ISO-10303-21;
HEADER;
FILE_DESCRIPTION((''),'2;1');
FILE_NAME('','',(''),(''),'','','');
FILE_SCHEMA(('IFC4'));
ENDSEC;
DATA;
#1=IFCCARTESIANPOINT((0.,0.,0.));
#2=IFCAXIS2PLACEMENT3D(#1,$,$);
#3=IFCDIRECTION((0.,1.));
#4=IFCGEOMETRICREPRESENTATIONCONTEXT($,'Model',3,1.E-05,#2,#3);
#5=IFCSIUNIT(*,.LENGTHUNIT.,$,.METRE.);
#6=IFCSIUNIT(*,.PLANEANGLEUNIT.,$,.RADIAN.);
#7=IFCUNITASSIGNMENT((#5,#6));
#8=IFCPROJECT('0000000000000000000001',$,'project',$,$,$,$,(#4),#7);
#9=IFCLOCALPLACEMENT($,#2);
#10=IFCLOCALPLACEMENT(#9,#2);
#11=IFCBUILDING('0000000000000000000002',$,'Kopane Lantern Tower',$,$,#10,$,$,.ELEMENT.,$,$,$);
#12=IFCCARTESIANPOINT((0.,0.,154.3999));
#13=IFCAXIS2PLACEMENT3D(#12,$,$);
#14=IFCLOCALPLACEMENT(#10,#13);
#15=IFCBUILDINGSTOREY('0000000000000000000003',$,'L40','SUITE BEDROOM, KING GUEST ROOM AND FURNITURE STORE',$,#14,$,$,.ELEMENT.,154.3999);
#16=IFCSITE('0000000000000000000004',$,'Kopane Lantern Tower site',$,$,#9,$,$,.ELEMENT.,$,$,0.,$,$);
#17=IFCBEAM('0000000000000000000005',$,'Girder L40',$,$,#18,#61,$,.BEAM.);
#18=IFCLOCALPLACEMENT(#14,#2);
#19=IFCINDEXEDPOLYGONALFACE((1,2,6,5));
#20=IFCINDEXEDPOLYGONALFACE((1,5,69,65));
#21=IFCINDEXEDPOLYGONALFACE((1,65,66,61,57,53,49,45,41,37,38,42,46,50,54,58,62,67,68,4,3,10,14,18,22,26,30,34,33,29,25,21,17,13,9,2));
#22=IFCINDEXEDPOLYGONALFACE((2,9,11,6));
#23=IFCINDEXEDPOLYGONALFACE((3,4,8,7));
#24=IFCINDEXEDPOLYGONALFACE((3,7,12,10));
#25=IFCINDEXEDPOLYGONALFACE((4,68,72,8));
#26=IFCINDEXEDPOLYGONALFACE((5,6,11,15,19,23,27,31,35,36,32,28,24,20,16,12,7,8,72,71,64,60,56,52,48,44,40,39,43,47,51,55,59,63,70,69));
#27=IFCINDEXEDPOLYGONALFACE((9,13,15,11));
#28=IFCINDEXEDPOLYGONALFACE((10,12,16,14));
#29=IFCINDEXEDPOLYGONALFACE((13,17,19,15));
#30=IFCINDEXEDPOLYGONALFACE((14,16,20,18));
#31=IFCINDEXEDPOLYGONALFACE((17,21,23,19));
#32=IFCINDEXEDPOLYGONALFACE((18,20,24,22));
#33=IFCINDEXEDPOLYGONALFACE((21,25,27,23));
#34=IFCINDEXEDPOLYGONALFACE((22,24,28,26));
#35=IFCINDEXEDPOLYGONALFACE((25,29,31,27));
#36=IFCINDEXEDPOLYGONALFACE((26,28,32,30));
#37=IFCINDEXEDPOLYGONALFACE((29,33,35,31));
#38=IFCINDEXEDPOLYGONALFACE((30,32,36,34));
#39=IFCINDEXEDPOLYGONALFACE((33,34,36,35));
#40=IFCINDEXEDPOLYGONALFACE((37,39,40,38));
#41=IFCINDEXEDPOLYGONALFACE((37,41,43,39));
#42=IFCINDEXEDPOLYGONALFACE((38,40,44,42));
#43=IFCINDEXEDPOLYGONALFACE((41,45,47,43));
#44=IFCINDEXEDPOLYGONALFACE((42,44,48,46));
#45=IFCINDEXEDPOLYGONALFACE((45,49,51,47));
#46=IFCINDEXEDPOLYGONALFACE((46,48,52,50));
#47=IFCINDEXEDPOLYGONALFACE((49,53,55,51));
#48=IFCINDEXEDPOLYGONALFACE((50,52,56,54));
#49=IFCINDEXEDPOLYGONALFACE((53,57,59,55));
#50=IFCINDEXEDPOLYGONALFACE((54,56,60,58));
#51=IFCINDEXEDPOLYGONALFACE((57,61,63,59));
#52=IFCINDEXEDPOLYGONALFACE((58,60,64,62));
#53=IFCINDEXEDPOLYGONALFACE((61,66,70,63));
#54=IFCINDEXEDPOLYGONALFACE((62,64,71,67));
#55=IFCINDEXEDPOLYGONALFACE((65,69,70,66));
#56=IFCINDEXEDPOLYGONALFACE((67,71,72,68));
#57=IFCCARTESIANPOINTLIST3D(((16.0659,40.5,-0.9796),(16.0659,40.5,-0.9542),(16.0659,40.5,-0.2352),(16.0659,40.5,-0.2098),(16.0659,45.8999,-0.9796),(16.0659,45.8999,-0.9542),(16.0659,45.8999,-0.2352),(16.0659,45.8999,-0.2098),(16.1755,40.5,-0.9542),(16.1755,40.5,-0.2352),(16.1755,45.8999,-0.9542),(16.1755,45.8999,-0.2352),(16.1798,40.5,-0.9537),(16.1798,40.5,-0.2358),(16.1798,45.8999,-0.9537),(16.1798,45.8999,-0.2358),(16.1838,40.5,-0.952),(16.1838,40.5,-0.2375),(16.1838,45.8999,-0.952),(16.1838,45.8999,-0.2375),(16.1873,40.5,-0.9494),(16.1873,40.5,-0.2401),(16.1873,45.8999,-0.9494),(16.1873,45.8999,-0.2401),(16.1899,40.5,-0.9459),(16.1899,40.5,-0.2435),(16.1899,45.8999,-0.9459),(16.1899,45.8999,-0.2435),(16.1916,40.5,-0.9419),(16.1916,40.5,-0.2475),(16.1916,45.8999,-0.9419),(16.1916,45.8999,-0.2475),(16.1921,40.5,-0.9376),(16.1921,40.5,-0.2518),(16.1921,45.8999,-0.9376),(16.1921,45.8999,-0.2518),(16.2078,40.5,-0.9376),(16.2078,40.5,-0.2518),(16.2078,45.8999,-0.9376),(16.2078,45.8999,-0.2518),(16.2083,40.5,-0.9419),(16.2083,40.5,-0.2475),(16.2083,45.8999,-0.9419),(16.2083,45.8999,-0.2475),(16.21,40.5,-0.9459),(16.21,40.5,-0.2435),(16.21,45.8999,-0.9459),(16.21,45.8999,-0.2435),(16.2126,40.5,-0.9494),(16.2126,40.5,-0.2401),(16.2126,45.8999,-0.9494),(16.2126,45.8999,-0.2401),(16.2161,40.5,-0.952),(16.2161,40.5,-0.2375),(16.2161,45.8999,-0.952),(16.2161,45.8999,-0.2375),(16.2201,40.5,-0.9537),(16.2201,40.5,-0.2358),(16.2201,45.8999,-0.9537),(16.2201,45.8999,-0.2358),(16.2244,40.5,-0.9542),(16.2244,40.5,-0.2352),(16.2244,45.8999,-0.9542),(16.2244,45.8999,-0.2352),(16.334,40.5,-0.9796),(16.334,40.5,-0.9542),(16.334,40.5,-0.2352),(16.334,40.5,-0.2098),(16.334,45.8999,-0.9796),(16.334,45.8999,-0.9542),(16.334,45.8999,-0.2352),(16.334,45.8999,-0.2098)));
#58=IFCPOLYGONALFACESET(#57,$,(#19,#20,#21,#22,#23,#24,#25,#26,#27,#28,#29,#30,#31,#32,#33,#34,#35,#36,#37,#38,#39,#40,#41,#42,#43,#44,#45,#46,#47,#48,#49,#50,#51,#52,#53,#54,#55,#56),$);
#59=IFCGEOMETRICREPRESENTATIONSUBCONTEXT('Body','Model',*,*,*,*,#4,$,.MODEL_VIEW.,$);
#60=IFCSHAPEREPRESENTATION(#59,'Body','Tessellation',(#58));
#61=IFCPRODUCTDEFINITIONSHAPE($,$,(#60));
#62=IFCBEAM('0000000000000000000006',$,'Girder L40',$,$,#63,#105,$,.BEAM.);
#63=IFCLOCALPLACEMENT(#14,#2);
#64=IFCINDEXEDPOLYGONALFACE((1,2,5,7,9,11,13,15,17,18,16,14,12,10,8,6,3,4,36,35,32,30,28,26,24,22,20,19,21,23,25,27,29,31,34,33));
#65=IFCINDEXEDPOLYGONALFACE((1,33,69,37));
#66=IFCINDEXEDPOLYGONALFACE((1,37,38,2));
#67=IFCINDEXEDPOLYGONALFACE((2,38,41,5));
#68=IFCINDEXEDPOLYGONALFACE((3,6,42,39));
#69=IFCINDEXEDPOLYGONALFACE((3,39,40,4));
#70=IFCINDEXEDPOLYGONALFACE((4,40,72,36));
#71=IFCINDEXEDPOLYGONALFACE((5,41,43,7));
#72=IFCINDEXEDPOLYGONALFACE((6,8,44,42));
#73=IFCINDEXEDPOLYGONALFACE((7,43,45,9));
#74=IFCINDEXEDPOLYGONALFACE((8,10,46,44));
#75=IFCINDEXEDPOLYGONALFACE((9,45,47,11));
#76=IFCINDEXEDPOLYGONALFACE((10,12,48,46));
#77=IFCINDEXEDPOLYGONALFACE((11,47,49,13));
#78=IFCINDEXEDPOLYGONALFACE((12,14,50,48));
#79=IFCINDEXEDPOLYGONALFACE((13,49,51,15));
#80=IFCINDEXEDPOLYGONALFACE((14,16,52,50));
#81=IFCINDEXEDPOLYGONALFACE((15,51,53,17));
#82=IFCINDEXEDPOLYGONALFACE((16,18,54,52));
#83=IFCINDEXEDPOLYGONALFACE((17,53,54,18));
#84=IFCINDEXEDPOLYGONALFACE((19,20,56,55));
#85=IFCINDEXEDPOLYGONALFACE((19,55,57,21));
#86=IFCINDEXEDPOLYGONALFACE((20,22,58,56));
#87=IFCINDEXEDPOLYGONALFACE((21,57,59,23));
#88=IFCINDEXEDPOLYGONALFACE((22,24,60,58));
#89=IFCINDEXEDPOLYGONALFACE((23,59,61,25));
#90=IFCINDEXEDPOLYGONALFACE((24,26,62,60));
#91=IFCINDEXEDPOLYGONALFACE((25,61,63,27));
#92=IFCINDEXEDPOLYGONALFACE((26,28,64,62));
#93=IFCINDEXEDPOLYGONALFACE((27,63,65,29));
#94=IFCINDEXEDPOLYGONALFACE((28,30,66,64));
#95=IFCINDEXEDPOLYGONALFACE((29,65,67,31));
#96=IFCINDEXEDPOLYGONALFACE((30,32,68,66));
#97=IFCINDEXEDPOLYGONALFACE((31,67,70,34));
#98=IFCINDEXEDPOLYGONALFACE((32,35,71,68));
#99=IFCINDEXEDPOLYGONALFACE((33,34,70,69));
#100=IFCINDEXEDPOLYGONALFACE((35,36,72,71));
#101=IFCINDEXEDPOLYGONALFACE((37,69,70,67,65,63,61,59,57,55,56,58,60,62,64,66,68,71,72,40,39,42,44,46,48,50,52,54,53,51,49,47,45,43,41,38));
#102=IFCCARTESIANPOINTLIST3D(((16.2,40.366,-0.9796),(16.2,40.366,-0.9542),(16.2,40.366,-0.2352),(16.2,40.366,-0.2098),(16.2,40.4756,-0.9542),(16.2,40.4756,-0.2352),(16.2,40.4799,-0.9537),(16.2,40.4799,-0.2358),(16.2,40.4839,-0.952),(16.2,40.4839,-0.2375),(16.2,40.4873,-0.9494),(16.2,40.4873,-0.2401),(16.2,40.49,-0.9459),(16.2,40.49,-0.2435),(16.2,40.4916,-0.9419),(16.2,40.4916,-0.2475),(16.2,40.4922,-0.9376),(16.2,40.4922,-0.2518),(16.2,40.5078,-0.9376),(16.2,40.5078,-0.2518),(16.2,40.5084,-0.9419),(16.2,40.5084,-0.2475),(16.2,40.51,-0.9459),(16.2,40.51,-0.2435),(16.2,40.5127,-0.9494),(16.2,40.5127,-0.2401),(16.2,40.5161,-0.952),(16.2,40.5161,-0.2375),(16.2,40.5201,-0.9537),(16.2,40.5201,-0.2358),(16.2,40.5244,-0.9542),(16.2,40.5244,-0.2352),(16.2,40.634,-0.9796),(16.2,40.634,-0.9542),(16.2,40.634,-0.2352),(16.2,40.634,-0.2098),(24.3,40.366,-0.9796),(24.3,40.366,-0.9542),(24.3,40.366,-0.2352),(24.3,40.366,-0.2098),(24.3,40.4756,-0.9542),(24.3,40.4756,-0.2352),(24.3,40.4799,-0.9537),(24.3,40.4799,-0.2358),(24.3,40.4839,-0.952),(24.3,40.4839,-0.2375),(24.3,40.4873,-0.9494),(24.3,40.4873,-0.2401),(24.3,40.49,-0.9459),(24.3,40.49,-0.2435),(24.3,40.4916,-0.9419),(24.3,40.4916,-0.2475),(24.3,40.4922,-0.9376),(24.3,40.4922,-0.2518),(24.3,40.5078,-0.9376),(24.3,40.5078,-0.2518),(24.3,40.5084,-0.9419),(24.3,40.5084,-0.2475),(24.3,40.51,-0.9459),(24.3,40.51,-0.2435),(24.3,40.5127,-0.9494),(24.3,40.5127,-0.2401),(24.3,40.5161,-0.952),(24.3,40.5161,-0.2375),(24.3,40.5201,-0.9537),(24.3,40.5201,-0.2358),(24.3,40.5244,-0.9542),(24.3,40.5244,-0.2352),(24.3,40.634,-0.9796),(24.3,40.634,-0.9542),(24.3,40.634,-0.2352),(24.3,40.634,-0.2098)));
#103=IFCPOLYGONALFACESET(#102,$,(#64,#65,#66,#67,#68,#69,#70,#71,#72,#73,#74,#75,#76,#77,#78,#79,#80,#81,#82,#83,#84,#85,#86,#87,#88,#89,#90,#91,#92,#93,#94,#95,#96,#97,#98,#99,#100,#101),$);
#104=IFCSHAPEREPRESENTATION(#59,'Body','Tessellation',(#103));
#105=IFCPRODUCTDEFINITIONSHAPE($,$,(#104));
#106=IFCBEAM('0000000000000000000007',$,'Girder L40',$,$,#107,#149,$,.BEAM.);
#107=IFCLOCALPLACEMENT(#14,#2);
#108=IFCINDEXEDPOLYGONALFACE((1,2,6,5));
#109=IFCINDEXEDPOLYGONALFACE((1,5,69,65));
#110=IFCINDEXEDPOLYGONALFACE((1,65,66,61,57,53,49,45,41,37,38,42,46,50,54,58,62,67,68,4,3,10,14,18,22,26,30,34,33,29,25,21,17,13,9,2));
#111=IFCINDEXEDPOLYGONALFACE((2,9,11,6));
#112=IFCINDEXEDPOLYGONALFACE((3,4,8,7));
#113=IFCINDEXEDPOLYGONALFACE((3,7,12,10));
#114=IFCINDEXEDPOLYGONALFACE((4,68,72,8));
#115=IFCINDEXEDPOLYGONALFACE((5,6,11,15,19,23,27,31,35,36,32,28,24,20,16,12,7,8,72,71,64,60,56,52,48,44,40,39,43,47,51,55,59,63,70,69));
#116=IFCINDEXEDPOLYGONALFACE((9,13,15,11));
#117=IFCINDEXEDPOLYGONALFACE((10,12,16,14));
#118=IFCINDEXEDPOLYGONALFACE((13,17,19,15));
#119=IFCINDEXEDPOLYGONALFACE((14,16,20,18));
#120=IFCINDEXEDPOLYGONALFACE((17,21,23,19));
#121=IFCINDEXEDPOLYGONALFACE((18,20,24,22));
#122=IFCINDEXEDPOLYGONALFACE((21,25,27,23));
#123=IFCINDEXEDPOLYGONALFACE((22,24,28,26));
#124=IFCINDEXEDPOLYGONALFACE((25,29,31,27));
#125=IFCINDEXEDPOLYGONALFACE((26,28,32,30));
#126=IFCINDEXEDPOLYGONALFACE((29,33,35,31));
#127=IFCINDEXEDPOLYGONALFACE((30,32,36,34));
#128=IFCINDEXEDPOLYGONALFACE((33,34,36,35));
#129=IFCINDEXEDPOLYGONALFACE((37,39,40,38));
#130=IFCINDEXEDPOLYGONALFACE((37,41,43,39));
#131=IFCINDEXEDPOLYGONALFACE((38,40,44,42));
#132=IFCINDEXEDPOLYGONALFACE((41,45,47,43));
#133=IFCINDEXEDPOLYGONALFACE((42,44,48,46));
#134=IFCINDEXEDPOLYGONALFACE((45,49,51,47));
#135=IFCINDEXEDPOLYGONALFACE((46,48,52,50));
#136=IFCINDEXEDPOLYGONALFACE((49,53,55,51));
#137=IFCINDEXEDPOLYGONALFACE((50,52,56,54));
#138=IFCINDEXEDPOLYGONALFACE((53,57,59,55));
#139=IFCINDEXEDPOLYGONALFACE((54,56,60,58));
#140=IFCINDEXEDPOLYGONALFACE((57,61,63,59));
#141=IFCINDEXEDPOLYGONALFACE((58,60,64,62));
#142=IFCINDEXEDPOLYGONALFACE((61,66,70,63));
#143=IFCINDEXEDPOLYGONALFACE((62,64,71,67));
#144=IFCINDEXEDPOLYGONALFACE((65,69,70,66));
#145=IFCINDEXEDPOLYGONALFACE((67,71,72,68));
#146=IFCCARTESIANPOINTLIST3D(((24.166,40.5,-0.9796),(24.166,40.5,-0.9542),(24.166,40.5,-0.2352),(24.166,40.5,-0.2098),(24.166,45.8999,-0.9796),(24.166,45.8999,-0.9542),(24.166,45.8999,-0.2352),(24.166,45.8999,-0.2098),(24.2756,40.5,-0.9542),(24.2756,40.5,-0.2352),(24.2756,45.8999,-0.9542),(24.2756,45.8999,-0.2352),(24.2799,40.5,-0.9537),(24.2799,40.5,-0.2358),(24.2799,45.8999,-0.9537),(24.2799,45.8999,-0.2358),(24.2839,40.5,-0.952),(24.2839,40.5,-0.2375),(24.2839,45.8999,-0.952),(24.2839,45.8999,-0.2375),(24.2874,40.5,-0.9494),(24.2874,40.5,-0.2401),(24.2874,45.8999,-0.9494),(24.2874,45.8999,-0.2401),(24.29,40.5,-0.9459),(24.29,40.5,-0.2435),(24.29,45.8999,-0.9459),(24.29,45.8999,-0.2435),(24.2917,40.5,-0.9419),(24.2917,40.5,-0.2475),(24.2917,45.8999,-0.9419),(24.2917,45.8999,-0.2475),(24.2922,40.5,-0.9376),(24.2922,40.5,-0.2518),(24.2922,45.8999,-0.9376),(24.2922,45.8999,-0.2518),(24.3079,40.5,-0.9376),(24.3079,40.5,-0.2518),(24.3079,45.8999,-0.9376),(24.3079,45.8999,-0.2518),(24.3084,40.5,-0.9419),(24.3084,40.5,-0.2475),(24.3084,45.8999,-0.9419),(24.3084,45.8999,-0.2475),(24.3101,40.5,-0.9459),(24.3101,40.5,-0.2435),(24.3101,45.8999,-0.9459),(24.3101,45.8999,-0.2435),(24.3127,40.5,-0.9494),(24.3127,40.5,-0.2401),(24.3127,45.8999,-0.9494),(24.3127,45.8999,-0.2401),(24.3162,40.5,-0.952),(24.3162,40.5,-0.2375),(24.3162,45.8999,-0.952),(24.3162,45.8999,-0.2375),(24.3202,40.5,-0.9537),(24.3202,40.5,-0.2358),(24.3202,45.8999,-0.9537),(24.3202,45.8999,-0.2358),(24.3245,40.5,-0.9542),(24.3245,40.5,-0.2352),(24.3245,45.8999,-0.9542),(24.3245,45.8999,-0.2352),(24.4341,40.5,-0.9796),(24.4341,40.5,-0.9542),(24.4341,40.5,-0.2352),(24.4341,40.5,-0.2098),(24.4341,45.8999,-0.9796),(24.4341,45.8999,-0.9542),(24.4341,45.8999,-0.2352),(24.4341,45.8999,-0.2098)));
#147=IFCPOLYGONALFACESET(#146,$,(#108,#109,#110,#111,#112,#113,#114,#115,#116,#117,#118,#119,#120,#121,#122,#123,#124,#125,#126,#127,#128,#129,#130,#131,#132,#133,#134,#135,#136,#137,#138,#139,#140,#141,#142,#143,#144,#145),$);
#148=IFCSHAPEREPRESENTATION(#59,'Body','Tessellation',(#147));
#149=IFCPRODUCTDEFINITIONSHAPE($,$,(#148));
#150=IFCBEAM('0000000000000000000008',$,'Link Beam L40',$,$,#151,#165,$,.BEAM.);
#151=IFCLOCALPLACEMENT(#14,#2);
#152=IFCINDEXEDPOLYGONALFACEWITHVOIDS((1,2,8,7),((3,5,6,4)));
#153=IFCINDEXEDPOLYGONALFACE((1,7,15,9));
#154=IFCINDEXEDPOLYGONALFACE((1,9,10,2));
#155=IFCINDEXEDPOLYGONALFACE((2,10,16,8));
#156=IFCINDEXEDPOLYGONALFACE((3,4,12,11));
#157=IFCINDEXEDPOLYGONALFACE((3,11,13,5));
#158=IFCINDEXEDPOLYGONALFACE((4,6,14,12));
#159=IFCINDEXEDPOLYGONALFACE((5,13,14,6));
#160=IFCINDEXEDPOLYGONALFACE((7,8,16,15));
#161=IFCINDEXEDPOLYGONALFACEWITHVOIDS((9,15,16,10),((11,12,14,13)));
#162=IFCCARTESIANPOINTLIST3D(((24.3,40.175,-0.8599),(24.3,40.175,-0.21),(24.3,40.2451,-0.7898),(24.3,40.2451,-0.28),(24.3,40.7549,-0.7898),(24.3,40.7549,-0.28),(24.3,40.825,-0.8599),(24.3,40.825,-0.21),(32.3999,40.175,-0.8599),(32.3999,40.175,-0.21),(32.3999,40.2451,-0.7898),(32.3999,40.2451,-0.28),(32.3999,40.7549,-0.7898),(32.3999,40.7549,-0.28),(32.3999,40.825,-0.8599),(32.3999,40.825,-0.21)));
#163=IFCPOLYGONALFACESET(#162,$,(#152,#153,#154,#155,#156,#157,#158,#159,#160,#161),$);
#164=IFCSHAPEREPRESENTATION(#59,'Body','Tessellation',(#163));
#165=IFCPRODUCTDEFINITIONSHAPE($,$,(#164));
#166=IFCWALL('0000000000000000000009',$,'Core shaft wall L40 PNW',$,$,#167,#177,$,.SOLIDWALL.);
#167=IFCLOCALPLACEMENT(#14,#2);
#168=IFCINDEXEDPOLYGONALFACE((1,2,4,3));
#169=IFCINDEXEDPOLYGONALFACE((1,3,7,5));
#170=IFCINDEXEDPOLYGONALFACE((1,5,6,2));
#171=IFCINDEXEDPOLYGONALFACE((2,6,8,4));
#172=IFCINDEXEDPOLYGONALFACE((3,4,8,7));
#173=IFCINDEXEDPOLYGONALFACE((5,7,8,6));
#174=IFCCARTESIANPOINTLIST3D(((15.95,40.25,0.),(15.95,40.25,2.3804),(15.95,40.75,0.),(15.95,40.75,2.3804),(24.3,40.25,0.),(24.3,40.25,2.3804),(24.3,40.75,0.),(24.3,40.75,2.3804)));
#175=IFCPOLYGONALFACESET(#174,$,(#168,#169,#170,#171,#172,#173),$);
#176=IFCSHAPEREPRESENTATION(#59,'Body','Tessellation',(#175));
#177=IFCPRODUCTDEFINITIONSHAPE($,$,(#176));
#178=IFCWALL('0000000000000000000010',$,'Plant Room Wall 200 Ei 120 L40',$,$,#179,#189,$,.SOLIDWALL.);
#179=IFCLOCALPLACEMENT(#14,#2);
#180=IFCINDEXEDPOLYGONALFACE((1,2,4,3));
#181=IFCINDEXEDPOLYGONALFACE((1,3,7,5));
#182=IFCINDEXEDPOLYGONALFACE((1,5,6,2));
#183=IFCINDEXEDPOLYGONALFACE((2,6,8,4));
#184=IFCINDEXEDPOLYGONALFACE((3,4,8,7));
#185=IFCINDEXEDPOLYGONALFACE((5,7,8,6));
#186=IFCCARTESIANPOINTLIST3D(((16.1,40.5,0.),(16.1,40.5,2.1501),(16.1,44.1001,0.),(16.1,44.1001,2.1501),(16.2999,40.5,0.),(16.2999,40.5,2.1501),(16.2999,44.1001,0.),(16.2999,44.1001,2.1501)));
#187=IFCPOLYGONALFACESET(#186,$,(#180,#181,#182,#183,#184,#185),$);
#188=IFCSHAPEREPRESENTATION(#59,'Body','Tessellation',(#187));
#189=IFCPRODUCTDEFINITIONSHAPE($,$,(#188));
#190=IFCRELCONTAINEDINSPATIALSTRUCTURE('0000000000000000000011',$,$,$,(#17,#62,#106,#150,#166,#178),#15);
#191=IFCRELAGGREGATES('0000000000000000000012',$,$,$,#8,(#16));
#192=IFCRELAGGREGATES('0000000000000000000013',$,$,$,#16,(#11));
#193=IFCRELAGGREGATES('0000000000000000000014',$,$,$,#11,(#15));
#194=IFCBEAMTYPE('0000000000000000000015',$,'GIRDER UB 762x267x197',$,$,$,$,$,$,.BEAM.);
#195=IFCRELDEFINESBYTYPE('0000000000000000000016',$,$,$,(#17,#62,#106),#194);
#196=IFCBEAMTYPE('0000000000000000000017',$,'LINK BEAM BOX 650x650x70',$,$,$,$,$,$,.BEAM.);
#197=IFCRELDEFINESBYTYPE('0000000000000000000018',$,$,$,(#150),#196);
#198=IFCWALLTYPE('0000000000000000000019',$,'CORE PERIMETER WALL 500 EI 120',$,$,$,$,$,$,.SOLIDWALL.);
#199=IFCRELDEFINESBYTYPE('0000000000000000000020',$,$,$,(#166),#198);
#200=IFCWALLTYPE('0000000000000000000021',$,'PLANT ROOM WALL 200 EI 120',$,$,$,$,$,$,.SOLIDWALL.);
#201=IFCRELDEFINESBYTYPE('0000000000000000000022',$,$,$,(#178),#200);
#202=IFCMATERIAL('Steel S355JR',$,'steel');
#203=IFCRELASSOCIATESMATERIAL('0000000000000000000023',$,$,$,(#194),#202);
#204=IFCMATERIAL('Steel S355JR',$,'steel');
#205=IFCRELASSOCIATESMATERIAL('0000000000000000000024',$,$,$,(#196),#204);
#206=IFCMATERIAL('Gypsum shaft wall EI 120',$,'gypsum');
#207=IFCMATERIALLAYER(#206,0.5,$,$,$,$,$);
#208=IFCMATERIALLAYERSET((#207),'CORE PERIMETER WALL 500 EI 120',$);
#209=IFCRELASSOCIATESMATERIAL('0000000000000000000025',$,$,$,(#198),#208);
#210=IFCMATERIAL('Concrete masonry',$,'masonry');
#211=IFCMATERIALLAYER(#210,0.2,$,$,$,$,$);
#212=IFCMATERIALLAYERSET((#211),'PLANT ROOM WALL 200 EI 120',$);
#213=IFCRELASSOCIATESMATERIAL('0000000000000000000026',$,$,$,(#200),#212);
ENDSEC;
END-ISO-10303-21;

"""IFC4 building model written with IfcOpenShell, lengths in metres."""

from ifc_helpers import new_model, si_unit, direction, frame, frame_2d, origin, origin_2d, place, context, subcontext, project, spatial, rectangle, hollow_rectangle, i_section, extrude, material, layer, layer_set, material_profile, profile_set, type_object, element, save


model = new_model("IFC4")

# Units and contexts
model_context = context("Model", 3, precision=1e-05, world=origin(), true_north=direction((0.0, 1.0)))
body_context = subcontext(model_context, "Body", "Model", "MODEL_VIEW")
ifc_project = project(units=[si_unit("LENGTHUNIT", "METRE"), si_unit("PLANEANGLEUNIT", "RADIAN")], contexts=[model_context])

# Site, building, storey
site_placement = place(None, origin())
site = spatial("IfcSite", under=ifc_project, at=site_placement, Name="Kopane Lantern Tower site", CompositionType="ELEMENT", RefElevation=0.0)
building_placement = place(site_placement, origin())
building = spatial("IfcBuilding", under=site, at=building_placement, Name="Kopane Lantern Tower", CompositionType="ELEMENT")
storey_placement = place(building_placement, frame((0.0, 0.0, 154.3999)))
storey = spatial("IfcBuildingStorey", under=building, at=storey_placement, Name="L40", Description="SUITE BEDROOM, KING GUEST ROOM AND FURNITURE STORE", CompositionType="ELEMENT", Elevation=154.3999)

# Beams
ifc_material_1 = material(Name="Steel S355JR", Category="steel")
ifc_material_profile_1 = material_profile(ifc_material_1, i_section(OverallWidth=0.2681, OverallDepth=0.7698, WebThickness=0.0156, FlangeThickness=0.0254, FilletRadius=0.0166, at=origin_2d()), Name="UB 762x267x197")
ifc_profile_set_1 = profile_set([ifc_material_profile_1], Name="Steel S355JR")
beam_type_1 = type_object("IfcBeamType", Name="GIRDER UB 762x267x197", PredefinedType="BEAM", material=ifc_profile_set_1)
beam_1_placement = place(storey_placement, frame((16.2, 40.5, -0.5947), z_axis=(0.0, 1.0, 0.0), x_axis=(-1.0, 0.0, 0.0)))
element("IfcBeam", 1, at=beam_1_placement, inside=storey, type_object=beam_type_1, Name="Girder L40", PredefinedType="BEAM", context=body_context, shape_type="SweptSolid", body=[
    extrude(i_section(OverallWidth=0.2681, OverallDepth=0.7698, WebThickness=0.0156, FlangeThickness=0.0254, FilletRadius=0.0166, at=origin_2d()), origin(), (0.0, 0.0, 1.0), 5.3999),
])
beam_2_placement = place(storey_placement, frame((16.2, 40.5, -0.5947), z_axis=(1.0, 0.0, 0.0), x_axis=(0.0, 1.0, 0.0)))
element("IfcBeam", 2, at=beam_2_placement, inside=storey, type_object=beam_type_1, Name="Girder L40", PredefinedType="BEAM", context=body_context, shape_type="SweptSolid", body=[
    extrude(i_section(OverallWidth=0.2681, OverallDepth=0.7698, WebThickness=0.0156, FlangeThickness=0.0254, FilletRadius=0.0166, at=origin_2d()), origin(), (0.0, 0.0, 1.0), 8.1001),
])
beam_3_placement = place(storey_placement, frame((24.3, 40.5, -0.5947), z_axis=(0.0, 1.0, 0.0), x_axis=(-1.0, 0.0, 0.0)))
element("IfcBeam", 3, at=beam_3_placement, inside=storey, type_object=beam_type_1, Name="Girder L40", PredefinedType="BEAM", context=body_context, shape_type="SweptSolid", body=[
    extrude(i_section(OverallWidth=0.2681, OverallDepth=0.7698, WebThickness=0.0156, FlangeThickness=0.0254, FilletRadius=0.0166, at=origin_2d()), origin(), (0.0, 0.0, 1.0), 5.3999),
])
ifc_material_2 = material(Name="Steel S355JR", Category="steel")
ifc_material_profile_2 = material_profile(ifc_material_2, hollow_rectangle(XDim=0.6499, YDim=0.6499, WallThickness=0.0701, at=origin_2d()), Name="BOX 650x650x70")
ifc_profile_set_2 = profile_set([ifc_material_profile_2], Name="Steel S355JR")
beam_type_2 = type_object("IfcBeamType", Name="LINK BEAM BOX 650x650x70", PredefinedType="BEAM", material=ifc_profile_set_2)
beam_4_placement = place(storey_placement, frame((24.3, 40.5, -0.5349), z_axis=(1.0, 0.0, 0.0), x_axis=(0.0, 1.0, 0.0)))
element("IfcBeam", 4, at=beam_4_placement, inside=storey, type_object=beam_type_2, Name="Link Beam L40", PredefinedType="BEAM", context=body_context, shape_type="SweptSolid", body=[
    extrude(hollow_rectangle(XDim=0.6499, YDim=0.6499, WallThickness=0.0701, at=origin_2d()), origin(), (0.0, 0.0, 1.0), 8.0999),
])

# Wall
ifc_material_3 = material(Name="Gypsum shaft wall EI 120", Category="gypsum")
ifc_layer_1 = layer(ifc_material_3, 0.5)
ifc_layer_set_1 = layer_set([ifc_layer_1], Name="CORE PERIMETER WALL 500 EI 120")
wall_type_1 = type_object("IfcWallType", Name="CORE PERIMETER WALL 500 EI 120", PredefinedType="SOLIDWALL", material=ifc_layer_set_1)
wall_1_placement = place(storey_placement, frame((15.95, 40.5, 0.0), z_axis=(0.0, 0.0, 1.0), x_axis=(1.0, 0.0, 0.0)))
element("IfcWall", 5, at=wall_1_placement, inside=storey, type_object=wall_type_1, Name="Core shaft wall L40 PNW", PredefinedType="SOLIDWALL", context=body_context, shape_type="SweptSolid", body=[
    extrude(rectangle(XDim=8.3501, YDim=0.5, at=frame_2d((4.175, 0.0))), origin(), (0.0, 0.0, 1.0), 2.3804),
])

# Wall
ifc_material_4 = material(Name="Concrete masonry", Category="masonry")
ifc_layer_2 = layer(ifc_material_4, 0.2)
ifc_layer_set_2 = layer_set([ifc_layer_2], Name="PLANT ROOM WALL 200 EI 120")
wall_type_2 = type_object("IfcWallType", Name="PLANT ROOM WALL 200 EI 120", PredefinedType="SOLIDWALL", material=ifc_layer_set_2)
wall_2_placement = place(storey_placement, frame((16.2, 40.5, 0.0), z_axis=(0.0, 0.0, 1.0), x_axis=(0.0, 1.0, 0.0)))
element("IfcWall", 6, at=wall_2_placement, inside=storey, type_object=wall_type_2, Name="Plant Room Wall 200 Ei 120 L40", PredefinedType="SOLIDWALL", context=body_context, shape_type="SweptSolid", body=[
    extrude(rectangle(XDim=3.6001, YDim=0.2, at=frame_2d((1.8, 0.0))), origin(), (0.0, 0.0, 1.0), 2.1501),
])

save(model, "model.ifc")
